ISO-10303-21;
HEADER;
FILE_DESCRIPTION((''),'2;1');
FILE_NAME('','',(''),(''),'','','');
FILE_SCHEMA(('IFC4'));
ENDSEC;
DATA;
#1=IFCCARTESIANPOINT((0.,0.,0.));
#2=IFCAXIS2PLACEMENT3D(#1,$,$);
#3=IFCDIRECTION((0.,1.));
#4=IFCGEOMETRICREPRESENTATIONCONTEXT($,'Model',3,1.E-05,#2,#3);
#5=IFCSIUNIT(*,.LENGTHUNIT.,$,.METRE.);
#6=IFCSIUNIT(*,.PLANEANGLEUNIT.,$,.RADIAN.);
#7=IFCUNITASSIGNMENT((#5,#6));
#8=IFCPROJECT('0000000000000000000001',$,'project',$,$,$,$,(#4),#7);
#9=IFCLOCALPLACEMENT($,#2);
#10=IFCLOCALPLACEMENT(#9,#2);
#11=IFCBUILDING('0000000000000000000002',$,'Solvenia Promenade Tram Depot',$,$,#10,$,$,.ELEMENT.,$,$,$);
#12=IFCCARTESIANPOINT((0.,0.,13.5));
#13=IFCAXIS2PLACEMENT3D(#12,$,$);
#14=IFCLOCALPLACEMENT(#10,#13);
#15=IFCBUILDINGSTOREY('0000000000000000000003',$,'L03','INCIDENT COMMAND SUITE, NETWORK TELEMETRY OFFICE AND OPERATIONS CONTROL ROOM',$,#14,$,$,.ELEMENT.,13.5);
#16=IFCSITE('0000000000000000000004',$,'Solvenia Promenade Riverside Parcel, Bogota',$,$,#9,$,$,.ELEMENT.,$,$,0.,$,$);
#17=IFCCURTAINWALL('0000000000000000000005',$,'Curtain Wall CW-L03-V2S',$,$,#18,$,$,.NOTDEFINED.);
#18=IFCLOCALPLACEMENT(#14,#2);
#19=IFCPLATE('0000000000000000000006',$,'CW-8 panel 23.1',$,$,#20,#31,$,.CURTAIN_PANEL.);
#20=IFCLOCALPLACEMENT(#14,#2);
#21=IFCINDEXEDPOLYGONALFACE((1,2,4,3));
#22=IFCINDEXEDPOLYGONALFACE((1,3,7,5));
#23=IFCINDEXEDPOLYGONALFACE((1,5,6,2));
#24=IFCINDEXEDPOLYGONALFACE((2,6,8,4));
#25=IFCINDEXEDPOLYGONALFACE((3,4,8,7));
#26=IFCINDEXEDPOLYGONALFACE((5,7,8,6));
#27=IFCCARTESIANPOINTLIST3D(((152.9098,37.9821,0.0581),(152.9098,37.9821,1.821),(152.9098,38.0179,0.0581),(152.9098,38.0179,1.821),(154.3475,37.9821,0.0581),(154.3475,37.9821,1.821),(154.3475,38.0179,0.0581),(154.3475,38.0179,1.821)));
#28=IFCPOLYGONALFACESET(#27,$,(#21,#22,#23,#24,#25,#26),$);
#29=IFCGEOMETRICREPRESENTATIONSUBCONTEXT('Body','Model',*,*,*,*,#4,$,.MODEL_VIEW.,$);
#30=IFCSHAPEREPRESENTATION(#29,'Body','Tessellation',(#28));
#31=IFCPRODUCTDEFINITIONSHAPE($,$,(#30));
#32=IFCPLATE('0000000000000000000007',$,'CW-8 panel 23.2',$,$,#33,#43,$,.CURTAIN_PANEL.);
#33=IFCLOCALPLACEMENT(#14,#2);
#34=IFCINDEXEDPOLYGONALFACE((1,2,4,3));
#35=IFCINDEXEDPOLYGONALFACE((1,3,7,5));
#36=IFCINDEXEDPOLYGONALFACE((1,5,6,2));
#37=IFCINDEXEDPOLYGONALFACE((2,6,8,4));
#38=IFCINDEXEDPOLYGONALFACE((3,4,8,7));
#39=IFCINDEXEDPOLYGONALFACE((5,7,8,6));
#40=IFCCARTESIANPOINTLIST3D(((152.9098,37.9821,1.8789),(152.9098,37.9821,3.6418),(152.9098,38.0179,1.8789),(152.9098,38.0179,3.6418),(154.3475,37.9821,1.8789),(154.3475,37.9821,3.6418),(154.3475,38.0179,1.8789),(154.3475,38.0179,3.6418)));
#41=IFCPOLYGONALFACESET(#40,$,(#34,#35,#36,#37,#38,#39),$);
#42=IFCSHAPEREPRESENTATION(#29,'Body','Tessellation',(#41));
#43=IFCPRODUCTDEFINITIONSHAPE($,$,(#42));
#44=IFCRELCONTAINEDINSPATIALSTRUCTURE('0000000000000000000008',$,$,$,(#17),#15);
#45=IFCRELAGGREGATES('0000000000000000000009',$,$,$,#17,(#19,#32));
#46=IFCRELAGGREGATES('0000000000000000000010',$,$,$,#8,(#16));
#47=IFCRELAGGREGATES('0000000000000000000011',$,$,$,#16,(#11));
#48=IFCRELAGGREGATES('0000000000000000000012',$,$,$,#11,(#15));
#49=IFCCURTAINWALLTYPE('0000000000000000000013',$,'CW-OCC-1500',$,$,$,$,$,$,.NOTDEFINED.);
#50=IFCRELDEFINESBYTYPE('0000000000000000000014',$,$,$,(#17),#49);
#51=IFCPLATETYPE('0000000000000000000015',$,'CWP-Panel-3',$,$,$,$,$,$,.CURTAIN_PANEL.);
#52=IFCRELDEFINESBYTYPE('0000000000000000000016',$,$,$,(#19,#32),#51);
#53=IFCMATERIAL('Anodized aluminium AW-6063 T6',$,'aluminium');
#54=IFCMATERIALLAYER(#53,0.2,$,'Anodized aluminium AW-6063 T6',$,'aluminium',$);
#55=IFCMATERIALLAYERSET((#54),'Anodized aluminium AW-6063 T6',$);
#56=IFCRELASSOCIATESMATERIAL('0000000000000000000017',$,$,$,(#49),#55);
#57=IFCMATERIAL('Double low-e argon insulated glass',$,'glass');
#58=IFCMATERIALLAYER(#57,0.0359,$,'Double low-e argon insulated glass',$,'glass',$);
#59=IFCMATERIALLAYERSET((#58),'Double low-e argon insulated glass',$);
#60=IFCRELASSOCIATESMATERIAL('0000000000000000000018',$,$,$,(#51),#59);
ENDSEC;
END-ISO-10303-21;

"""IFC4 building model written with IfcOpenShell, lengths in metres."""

from ifc_helpers import new_model, si_unit, direction, frame, origin, origin_2d, place, context, subcontext, project, spatial, rectangle, extrude, material, layer, layer_set, type_object, element, aggregate, save


model = new_model("IFC4")

# Units and contexts
model_context = context("Model", 3, precision=1e-05, world=origin(), true_north=direction((0.0, 1.0)))
body_context = subcontext(model_context, "Body", "Model", "MODEL_VIEW")
ifc_project = project(units=[si_unit("LENGTHUNIT", "METRE"), si_unit("PLANEANGLEUNIT", "RADIAN")], contexts=[model_context])

# Site, building, storey
site_placement = place(None, origin())
site = spatial("IfcSite", under=ifc_project, at=site_placement, Name="Solvenia Promenade Riverside Parcel, Bogota", CompositionType="ELEMENT", RefElevation=0.0)
building_placement = place(site_placement, origin())
building = spatial("IfcBuilding", under=site, at=building_placement, Name="Solvenia Promenade Tram Depot", CompositionType="ELEMENT")
storey_placement = place(building_placement, frame((0.0, 0.0, 13.5)))
storey = spatial("IfcBuildingStorey", under=building, at=storey_placement, Name="L03", Description="INCIDENT COMMAND SUITE, NETWORK TELEMETRY OFFICE AND OPERATIONS CONTROL ROOM", CompositionType="ELEMENT", Elevation=13.5)

# Curtain wall
ifc_material_1 = material(Name="Anodized aluminium AW-6063 T6", Category="aluminium")
ifc_layer_1 = layer(ifc_material_1, 0.2, Name="Anodized aluminium AW-6063 T6", Category="aluminium")
ifc_layer_set_1 = layer_set([ifc_layer_1], Name="Anodized aluminium AW-6063 T6")
curtain_wall_type = type_object("IfcCurtainWallType", Name="CW-OCC-1500", PredefinedType="NOTDEFINED", material=ifc_layer_set_1)
curtain_wall_placement = place(storey_placement, origin())
curtain_wall = element("IfcCurtainWall", 1, at=curtain_wall_placement, inside=storey, type_object=curtain_wall_type, Name="Curtain Wall CW-L03-V2S", PredefinedType="NOTDEFINED")

# Plates
ifc_material_2 = material(Name="Double low-e argon insulated glass", Category="glass")
ifc_layer_2 = layer(ifc_material_2, 0.0359, Name="Double low-e argon insulated glass", Category="glass")
ifc_layer_set_2 = layer_set([ifc_layer_2], Name="Double low-e argon insulated glass")
plate_type = type_object("IfcPlateType", Name="CWP-Panel-3", PredefinedType="CURTAIN_PANEL", material=ifc_layer_set_2)
plate_1_placement = place(storey_placement, frame((153.6287, 38.0, 0.0581), z_axis=(0.0, 0.0, 1.0), x_axis=(1.0, 0.0, 0.0)))
plate_1 = element("IfcPlate", 2, at=plate_1_placement, type_object=plate_type, Name="CW-8 panel 23.1", PredefinedType="CURTAIN_PANEL", context=body_context, shape_type="SweptSolid", body=[
    extrude(rectangle(XDim=1.4377, YDim=0.0359, at=origin_2d()), origin(), (0.0, 0.0, 1.0), 1.7629),
])
plate_2_placement = place(storey_placement, frame((153.6287, 38.0, 1.8789), z_axis=(0.0, 0.0, 1.0), x_axis=(1.0, 0.0, 0.0)))
plate_2 = element("IfcPlate", 3, at=plate_2_placement, type_object=plate_type, Name="CW-8 panel 23.2", PredefinedType="CURTAIN_PANEL", context=body_context, shape_type="SweptSolid", body=[
    extrude(rectangle(XDim=1.4377, YDim=0.0359, at=origin_2d()), origin(), (0.0, 0.0, 1.0), 1.7629),
])
aggregate(curtain_wall, [plate_1, plate_2])

save(model, "model.ifc")
